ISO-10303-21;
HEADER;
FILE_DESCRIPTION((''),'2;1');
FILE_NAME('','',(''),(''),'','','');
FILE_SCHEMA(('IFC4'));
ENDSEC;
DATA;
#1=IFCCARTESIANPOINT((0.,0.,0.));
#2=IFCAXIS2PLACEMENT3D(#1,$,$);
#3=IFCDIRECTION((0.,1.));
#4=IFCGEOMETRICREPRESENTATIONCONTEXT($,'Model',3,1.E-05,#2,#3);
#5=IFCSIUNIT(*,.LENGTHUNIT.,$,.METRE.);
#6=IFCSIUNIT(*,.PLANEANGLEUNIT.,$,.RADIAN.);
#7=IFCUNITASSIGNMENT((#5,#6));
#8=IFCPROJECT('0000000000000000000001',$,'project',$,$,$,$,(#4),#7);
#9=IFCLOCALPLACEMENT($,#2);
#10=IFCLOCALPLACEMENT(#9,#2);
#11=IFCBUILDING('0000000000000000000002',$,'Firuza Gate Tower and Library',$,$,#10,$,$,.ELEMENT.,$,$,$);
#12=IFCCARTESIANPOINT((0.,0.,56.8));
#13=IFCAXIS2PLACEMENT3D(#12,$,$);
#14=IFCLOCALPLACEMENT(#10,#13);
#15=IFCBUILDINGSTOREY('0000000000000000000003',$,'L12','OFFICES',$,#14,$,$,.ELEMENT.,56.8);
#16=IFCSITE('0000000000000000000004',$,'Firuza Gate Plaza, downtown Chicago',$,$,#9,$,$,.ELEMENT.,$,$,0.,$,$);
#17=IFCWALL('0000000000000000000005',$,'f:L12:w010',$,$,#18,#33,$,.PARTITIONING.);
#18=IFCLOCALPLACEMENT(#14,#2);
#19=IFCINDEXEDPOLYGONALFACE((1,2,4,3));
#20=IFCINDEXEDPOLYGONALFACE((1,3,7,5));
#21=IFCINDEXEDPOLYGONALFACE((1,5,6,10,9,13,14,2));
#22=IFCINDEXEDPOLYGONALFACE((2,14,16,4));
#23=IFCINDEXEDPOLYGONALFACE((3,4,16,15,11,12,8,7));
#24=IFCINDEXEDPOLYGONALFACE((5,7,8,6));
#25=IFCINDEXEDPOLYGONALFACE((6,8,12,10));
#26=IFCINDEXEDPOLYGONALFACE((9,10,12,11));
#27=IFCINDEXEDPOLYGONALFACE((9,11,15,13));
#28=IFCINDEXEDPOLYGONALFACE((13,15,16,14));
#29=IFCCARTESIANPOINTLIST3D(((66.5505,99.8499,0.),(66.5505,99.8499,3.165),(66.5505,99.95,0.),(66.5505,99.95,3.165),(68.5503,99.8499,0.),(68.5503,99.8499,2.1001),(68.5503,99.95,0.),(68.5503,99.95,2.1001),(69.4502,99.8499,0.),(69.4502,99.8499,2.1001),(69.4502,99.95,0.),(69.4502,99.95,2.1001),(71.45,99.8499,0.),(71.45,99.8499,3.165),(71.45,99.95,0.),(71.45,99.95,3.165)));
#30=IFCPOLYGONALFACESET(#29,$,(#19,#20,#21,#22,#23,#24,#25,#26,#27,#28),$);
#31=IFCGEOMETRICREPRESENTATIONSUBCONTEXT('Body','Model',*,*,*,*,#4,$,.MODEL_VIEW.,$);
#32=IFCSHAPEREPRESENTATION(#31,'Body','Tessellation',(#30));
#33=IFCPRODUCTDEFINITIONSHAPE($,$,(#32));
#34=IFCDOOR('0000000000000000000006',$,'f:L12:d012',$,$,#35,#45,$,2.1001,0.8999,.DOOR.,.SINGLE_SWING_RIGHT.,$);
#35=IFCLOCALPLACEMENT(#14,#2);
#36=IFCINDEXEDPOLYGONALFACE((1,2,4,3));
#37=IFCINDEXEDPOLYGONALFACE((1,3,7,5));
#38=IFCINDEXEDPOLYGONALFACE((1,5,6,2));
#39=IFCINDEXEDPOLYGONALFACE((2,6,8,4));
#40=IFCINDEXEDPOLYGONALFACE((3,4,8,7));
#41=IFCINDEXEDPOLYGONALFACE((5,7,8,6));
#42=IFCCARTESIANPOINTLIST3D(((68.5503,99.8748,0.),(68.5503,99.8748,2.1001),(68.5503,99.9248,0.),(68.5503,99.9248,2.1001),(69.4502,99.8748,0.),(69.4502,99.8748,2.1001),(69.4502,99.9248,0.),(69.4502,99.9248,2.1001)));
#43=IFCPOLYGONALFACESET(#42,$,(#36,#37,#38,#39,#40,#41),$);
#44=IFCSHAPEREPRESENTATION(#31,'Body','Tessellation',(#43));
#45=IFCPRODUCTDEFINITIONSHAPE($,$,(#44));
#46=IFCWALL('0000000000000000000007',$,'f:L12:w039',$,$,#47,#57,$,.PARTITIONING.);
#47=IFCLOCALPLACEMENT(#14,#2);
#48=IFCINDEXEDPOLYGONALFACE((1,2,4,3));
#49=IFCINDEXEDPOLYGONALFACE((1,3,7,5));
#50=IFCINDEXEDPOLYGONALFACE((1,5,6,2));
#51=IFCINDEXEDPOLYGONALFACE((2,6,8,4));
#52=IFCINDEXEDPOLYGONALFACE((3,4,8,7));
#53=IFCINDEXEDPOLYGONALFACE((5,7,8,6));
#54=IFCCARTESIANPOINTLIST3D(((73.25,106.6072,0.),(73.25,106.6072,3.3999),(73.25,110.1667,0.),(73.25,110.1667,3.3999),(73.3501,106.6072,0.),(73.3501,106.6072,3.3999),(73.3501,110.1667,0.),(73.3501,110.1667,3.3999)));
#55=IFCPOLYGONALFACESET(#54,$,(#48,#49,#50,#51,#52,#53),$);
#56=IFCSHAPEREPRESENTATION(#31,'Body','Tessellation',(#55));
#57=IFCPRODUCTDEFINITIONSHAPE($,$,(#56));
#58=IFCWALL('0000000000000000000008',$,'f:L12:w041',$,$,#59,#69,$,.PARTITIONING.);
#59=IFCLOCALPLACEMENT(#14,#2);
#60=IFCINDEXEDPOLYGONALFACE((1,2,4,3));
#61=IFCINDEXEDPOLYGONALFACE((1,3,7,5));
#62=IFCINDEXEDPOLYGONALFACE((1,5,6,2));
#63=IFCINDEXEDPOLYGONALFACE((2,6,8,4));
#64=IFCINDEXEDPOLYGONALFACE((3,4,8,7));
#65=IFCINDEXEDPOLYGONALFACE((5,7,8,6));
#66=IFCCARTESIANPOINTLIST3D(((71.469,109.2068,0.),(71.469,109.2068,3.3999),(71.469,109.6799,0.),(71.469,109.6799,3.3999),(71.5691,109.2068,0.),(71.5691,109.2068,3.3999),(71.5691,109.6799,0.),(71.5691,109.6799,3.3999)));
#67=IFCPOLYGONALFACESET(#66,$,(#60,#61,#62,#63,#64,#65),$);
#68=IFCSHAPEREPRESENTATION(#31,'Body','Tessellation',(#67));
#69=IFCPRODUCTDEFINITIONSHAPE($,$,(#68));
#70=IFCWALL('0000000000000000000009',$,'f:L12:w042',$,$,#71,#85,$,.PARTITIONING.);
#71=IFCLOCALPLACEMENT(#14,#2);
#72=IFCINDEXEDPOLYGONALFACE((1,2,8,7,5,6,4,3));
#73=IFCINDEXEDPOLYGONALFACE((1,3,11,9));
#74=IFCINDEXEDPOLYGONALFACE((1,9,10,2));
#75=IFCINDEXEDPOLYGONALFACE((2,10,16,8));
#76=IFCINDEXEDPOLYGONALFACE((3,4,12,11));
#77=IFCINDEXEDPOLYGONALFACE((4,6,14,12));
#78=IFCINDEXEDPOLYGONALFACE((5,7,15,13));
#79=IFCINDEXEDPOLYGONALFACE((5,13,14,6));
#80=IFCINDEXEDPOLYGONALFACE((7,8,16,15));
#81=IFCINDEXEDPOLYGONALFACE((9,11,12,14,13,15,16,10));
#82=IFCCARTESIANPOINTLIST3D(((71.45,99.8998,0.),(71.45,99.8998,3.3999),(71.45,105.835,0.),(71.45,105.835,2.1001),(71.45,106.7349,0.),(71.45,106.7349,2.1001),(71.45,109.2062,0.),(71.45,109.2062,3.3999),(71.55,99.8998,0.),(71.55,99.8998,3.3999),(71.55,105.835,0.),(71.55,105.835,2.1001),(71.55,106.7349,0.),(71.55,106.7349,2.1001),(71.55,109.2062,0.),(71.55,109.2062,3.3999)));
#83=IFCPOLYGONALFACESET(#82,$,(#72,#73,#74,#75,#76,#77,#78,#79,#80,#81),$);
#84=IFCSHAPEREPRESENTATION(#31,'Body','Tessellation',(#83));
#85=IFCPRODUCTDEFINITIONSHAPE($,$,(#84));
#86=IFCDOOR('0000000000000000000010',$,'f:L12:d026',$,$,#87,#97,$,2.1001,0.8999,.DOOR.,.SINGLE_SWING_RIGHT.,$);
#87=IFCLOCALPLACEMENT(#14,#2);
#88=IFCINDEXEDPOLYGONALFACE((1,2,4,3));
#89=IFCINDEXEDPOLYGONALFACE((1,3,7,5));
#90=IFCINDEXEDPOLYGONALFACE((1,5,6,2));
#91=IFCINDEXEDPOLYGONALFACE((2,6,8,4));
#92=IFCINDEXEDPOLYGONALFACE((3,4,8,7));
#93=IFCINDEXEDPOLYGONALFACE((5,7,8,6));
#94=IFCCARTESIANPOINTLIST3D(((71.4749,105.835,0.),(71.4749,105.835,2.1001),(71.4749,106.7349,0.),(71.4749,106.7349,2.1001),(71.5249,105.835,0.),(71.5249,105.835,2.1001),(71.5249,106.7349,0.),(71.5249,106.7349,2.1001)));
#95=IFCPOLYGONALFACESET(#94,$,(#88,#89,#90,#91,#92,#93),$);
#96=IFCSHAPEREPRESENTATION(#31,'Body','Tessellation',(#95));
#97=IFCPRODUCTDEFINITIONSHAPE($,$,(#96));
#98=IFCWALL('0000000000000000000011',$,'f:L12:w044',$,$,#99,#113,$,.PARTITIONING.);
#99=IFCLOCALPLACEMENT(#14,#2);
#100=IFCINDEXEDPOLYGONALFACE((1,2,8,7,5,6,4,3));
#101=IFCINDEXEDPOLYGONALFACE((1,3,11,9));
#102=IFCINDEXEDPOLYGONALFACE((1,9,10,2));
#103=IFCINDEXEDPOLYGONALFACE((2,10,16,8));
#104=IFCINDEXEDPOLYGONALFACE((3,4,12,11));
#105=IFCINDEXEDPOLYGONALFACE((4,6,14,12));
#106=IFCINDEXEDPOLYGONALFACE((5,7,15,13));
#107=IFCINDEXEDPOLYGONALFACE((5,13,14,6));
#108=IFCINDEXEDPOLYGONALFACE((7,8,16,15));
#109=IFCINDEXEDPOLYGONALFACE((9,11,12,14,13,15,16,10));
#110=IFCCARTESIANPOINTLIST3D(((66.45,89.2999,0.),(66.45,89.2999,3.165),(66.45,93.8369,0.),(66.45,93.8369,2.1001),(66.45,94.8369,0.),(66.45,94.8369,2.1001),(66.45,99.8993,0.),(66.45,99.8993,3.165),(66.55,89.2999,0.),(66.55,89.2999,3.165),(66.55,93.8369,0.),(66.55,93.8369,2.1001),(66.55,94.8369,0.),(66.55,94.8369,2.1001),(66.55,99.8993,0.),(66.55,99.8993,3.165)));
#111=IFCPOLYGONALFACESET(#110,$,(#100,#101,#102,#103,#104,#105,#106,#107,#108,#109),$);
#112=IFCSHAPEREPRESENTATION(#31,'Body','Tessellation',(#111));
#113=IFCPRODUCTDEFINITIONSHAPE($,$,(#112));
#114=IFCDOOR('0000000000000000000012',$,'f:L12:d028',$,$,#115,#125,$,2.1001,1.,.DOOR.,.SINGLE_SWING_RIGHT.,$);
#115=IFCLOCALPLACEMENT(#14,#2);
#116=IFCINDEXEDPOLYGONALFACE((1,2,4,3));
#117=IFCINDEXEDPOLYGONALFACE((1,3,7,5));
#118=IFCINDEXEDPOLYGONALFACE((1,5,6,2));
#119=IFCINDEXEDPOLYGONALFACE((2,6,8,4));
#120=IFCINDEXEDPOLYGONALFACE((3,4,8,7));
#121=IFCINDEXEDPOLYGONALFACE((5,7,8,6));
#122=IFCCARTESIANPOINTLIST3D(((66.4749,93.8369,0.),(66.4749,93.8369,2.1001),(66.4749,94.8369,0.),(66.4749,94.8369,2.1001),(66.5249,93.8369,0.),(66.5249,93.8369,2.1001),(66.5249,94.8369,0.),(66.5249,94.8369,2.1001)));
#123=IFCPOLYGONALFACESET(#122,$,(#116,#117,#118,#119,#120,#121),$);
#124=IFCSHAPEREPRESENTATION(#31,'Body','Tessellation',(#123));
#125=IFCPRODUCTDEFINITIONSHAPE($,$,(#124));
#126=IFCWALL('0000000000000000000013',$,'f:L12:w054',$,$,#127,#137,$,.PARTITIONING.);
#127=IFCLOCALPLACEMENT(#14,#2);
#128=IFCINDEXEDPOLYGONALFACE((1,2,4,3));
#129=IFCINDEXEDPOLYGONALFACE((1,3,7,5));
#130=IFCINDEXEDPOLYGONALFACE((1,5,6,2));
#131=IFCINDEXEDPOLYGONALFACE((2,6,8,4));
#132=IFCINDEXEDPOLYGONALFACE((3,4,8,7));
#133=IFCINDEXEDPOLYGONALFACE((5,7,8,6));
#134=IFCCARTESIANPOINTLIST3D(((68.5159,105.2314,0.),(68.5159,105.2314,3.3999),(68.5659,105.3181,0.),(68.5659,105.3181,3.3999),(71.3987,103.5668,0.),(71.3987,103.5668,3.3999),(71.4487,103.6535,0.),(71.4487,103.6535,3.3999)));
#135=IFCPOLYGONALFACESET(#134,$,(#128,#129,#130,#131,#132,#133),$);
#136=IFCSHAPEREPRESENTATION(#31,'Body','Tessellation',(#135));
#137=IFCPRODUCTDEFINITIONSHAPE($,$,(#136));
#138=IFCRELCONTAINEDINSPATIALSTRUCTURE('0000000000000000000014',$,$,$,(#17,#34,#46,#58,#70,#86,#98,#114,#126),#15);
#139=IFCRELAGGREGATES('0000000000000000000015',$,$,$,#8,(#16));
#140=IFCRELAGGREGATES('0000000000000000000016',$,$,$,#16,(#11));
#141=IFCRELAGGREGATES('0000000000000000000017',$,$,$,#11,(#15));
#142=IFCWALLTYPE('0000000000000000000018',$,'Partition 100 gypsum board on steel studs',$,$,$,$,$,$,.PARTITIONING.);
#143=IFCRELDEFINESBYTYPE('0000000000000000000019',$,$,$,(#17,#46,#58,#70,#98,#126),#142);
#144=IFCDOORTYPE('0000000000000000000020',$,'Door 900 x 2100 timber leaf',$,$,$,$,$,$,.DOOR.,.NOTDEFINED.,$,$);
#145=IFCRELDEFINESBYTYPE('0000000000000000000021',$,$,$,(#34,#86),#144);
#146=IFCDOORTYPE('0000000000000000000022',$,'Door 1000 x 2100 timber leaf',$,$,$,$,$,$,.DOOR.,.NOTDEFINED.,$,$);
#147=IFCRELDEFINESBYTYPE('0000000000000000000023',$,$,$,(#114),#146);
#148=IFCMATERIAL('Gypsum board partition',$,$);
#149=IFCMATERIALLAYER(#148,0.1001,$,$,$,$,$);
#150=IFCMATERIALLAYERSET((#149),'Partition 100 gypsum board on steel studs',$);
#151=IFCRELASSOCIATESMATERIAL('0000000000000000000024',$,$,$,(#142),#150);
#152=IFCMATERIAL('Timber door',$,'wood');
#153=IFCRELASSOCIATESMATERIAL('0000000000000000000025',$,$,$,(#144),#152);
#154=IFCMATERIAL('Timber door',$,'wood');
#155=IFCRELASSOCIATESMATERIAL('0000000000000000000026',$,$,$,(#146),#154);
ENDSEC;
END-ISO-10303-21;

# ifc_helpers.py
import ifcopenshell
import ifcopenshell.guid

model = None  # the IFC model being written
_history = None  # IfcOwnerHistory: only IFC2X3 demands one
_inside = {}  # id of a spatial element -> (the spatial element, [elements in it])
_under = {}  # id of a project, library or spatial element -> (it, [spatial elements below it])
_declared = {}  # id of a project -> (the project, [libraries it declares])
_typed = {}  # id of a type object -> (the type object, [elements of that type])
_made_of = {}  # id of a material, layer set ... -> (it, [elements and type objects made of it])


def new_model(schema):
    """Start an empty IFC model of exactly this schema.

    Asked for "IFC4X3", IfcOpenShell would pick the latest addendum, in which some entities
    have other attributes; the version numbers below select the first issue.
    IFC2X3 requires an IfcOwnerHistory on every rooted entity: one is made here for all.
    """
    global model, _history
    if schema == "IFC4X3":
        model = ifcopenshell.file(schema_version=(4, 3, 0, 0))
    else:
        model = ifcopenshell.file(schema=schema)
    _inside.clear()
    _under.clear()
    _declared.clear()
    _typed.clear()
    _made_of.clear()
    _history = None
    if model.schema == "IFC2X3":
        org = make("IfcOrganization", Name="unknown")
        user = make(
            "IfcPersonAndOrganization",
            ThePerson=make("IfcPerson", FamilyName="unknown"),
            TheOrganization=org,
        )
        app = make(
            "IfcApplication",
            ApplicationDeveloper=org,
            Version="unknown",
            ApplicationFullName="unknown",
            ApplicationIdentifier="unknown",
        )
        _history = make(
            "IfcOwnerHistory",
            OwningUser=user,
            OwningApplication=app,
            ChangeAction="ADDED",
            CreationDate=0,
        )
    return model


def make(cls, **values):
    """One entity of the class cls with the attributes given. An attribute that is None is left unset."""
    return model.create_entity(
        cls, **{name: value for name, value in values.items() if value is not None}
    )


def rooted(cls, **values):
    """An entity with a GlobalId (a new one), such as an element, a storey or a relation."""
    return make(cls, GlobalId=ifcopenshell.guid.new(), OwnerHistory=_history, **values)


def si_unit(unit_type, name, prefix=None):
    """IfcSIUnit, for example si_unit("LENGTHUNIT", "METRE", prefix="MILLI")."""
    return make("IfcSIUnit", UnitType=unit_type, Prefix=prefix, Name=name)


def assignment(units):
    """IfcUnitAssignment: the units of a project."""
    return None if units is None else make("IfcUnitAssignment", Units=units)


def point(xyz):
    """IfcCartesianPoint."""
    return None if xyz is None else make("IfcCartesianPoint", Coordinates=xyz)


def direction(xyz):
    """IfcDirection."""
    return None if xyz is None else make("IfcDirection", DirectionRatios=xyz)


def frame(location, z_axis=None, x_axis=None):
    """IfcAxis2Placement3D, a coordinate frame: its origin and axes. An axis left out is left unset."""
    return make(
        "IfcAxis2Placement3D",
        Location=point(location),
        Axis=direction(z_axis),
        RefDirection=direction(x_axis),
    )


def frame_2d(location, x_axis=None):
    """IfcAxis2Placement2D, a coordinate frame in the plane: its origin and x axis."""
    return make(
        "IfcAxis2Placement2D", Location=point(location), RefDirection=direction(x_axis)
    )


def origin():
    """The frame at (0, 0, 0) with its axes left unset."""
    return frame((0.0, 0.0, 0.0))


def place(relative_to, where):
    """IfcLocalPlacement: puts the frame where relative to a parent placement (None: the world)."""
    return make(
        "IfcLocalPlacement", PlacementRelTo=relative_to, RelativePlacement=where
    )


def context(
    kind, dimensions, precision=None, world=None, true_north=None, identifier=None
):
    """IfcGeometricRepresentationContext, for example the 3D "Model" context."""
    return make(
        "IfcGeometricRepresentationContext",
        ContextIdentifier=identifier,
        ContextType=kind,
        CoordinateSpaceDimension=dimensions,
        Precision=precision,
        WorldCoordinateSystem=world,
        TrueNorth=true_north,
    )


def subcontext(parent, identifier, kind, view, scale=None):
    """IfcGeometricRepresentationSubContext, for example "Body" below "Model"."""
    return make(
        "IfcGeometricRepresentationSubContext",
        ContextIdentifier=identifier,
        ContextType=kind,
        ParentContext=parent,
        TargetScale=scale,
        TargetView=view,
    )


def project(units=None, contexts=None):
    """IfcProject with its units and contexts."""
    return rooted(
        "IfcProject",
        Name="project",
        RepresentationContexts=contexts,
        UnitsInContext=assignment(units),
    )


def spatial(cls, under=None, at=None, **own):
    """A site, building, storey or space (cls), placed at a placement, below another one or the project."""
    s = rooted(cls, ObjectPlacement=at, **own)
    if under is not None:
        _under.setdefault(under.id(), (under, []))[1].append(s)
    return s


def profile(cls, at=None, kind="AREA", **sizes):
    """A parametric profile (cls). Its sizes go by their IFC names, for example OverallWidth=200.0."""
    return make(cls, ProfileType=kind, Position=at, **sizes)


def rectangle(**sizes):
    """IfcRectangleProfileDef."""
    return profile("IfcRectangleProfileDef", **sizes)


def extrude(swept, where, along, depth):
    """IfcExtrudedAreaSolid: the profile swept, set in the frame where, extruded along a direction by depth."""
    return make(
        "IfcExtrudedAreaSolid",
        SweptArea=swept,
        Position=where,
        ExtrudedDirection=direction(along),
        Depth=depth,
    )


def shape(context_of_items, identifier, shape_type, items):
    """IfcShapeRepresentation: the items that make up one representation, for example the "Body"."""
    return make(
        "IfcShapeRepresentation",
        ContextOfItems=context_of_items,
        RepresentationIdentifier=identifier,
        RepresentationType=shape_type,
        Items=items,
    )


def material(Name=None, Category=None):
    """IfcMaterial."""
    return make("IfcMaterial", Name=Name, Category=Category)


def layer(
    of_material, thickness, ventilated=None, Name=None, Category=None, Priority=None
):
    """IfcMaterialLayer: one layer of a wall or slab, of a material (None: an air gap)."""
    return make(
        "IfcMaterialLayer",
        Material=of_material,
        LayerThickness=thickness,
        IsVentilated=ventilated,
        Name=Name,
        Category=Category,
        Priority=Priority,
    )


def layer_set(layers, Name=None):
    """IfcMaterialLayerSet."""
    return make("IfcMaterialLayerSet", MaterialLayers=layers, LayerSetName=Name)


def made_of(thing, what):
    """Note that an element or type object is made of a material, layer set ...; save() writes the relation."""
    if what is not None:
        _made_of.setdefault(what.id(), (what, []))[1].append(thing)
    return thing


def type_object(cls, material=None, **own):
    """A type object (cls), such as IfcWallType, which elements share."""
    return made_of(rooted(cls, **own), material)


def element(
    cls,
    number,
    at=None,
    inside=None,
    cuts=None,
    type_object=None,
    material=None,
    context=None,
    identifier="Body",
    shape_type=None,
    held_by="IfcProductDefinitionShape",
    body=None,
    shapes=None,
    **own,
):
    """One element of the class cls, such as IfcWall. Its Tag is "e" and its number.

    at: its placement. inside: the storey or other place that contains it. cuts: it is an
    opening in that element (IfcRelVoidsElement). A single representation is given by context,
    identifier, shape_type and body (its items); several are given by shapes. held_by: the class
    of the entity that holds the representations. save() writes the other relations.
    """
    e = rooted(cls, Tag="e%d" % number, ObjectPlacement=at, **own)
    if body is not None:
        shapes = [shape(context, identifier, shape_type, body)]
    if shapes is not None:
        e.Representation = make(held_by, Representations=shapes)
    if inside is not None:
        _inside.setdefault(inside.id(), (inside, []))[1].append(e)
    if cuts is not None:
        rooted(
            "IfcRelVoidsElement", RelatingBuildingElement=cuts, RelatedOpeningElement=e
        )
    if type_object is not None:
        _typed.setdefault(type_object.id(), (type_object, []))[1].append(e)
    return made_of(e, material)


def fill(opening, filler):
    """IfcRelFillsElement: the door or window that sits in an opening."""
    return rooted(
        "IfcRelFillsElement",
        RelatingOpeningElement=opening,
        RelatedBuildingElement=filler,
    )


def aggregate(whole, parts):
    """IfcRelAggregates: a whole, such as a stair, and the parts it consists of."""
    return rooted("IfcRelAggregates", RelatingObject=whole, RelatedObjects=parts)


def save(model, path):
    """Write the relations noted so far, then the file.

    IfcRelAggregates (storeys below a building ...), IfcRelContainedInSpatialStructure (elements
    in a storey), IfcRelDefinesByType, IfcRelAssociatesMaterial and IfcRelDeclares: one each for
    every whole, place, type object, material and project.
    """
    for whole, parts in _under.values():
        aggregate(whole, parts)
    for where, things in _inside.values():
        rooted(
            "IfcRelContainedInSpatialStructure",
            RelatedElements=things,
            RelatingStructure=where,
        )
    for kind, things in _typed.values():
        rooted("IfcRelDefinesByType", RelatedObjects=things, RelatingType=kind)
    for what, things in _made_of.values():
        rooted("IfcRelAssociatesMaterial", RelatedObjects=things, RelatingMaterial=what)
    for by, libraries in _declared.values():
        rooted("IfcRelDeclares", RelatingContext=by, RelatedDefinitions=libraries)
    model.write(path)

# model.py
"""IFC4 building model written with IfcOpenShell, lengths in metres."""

from ifc_helpers import new_model, si_unit, direction, frame, frame_2d, origin, place, context, subcontext, project, spatial, rectangle, extrude, material, layer, layer_set, type_object, element, fill, save


model = new_model("IFC4")

# Units and contexts
model_context = context("Model", 3, precision=1e-05, world=origin(), true_north=direction((0.0, 1.0)))
body_context = subcontext(model_context, "Body", "Model", "MODEL_VIEW")
ifc_project = project(units=[si_unit("LENGTHUNIT", "METRE"), si_unit("PLANEANGLEUNIT", "RADIAN")], contexts=[model_context])

# Site, building, storey
site_placement = place(None, origin())
site = spatial("IfcSite", under=ifc_project, at=site_placement, Name="Firuza Gate Plaza, downtown Chicago", CompositionType="ELEMENT", RefElevation=0.0)
building_placement = place(site_placement, origin())
building = spatial("IfcBuilding", under=site, at=building_placement, Name="Firuza Gate Tower and Library", CompositionType="ELEMENT")
storey_placement = place(building_placement, frame((0.0, 0.0, 56.8)))
storey = spatial("IfcBuildingStorey", under=building, at=storey_placement, Name="L12", Description="OFFICES", CompositionType="ELEMENT", Elevation=56.8)

# Wall, opening, door
ifc_material_1 = material(Name="Gypsum board partition")
ifc_layer_1 = layer(ifc_material_1, 0.1001)
ifc_layer_set_1 = layer_set([ifc_layer_1], Name="Partition 100 gypsum board on steel studs")
wall_type_1 = type_object("IfcWallType", Name="Partition 100 gypsum board on steel studs", PredefinedType="PARTITIONING", material=ifc_layer_set_1)
wall_1_placement = place(storey_placement, frame((66.5505, 99.8999, 0.0), z_axis=(0.0, 0.0, 1.0), x_axis=(1.0, 0.0, 0.0)))
wall_1 = element("IfcWall", 1, at=wall_1_placement, inside=storey, type_object=wall_type_1, Name="f:L12:w010", PredefinedType="PARTITIONING", context=body_context, shape_type="SweptSolid", body=[
    extrude(rectangle(XDim=4.8994, YDim=0.1001, at=frame_2d((2.4497, 0.0))), origin(), (0.0, 0.0, 1.0), 3.165),
])
opening_1_placement = place(wall_1_placement, frame((1.9998, 0.0, 0.0)))
opening_1 = element("IfcOpeningElement", 2, at=opening_1_placement, cuts=wall_1, PredefinedType="OPENING", context=body_context, shape_type="SweptSolid", body=[
    extrude(rectangle(XDim=0.8999, YDim=2.1001, at=frame_2d((0.45, 1.05))), frame((0.0, 0.0601, 0.0), z_axis=(0.0, -1.0, 0.0), x_axis=(1.0, 0.0, 0.0)), (0.0, 0.0, 1.0), 0.1201),
])
ifc_material_2 = material(Name="Timber door", Category="wood")
door_type_1 = type_object("IfcDoorType", Name="Door 900 x 2100 timber leaf", OperationType="NOTDEFINED", PredefinedType="DOOR", material=ifc_material_2)
door_1_placement = place(opening_1_placement, origin())
door_1 = element("IfcDoor", 3, at=door_1_placement, inside=storey, type_object=door_type_1, Name="f:L12:d012", OperationType="SINGLE_SWING_RIGHT", OverallHeight=2.1001, OverallWidth=0.8999, PredefinedType="DOOR", context=body_context, shape_type="SweptSolid", body=[
    extrude(rectangle(XDim=0.8999, YDim=2.1001, at=frame_2d((0.45, 1.05))), frame((0.0, 0.0249, 0.0), z_axis=(0.0, -1.0, 0.0), x_axis=(1.0, 0.0, 0.0)), (0.0, 0.0, 1.0), 0.05),
])
fill(opening_1, door_1)

# Walls
wall_2_placement = place(storey_placement, frame((73.3, 106.6072, 0.0), z_axis=(0.0, 0.0, 1.0), x_axis=(0.0, 1.0, 0.0)))
element("IfcWall", 4, at=wall_2_placement, inside=storey, type_object=wall_type_1, Name="f:L12:w039", PredefinedType="PARTITIONING", context=body_context, shape_type="SweptSolid", body=[
    extrude(rectangle(XDim=3.5596, YDim=0.1001, at=frame_2d((1.7798, 0.0))), origin(), (0.0, 0.0, 1.0), 3.3999),
])
wall_3_placement = place(storey_placement, frame((71.519, 109.2068, 0.0), z_axis=(0.0, 0.0, 1.0), x_axis=(0.0, 1.0, 0.0)))
element("IfcWall", 5, at=wall_3_placement, inside=storey, type_object=wall_type_1, Name="f:L12:w041", PredefinedType="PARTITIONING", context=body_context, shape_type="SweptSolid", body=[
    extrude(rectangle(XDim=0.4731, YDim=0.1001, at=frame_2d((0.2366, 0.0))), origin(), (0.0, 0.0, 1.0), 3.3999),
])

# Walls, openings, doors
wall_4_placement = place(storey_placement, frame((71.5, 109.2063, 0.0), z_axis=(0.0, 0.0, 1.0), x_axis=(0.0, -1.0, 0.0)))
wall_4 = element("IfcWall", 6, at=wall_4_placement, inside=storey, type_object=wall_type_1, Name="f:L12:w042", PredefinedType="PARTITIONING", context=body_context, shape_type="SweptSolid", body=[
    extrude(rectangle(XDim=9.3064, YDim=0.1001, at=frame_2d((4.6533, 0.0))), origin(), (0.0, 0.0, 1.0), 3.3999),
])
opening_2_placement = place(wall_4_placement, frame((2.4714, 0.0, 0.0)))
opening_2 = element("IfcOpeningElement", 7, at=opening_2_placement, cuts=wall_4, PredefinedType="OPENING", context=body_context, shape_type="SweptSolid", body=[
    extrude(rectangle(XDim=0.8999, YDim=2.1001, at=frame_2d((0.45, 1.05))), frame((0.0, 0.0601, 0.0), z_axis=(0.0, -1.0, 0.0), x_axis=(1.0, 0.0, 0.0)), (0.0, 0.0, 1.0), 0.1201),
])
door_2_placement = place(opening_2_placement, origin())
door_2 = element("IfcDoor", 8, at=door_2_placement, inside=storey, type_object=door_type_1, Name="f:L12:d026", OperationType="SINGLE_SWING_RIGHT", OverallHeight=2.1001, OverallWidth=0.8999, PredefinedType="DOOR", context=body_context, shape_type="SweptSolid", body=[
    extrude(rectangle(XDim=0.8999, YDim=2.1001, at=frame_2d((0.45, 1.05))), frame((0.0, 0.0249, 0.0), z_axis=(0.0, -1.0, 0.0), x_axis=(1.0, 0.0, 0.0)), (0.0, 0.0, 1.0), 0.05),
])
fill(opening_2, door_2)
wall_5_placement = place(storey_placement, frame((66.5, 99.8994, 0.0), z_axis=(0.0, 0.0, 1.0), x_axis=(0.0, -1.0, 0.0)))
wall_5 = element("IfcWall", 9, at=wall_5_placement, inside=storey, type_object=wall_type_1, Name="f:L12:w044", PredefinedType="PARTITIONING", context=body_context, shape_type="SweptSolid", body=[
    extrude(rectangle(XDim=10.5994, YDim=0.1001, at=frame_2d((5.2998, 0.0))), origin(), (0.0, 0.0, 1.0), 3.165),
])
opening_3_placement = place(wall_5_placement, frame((5.0625, 0.0, 0.0)))
opening_3 = element("IfcOpeningElement", 10, at=opening_3_placement, cuts=wall_5, PredefinedType="OPENING", context=body_context, shape_type="SweptSolid", body=[
    extrude(rectangle(XDim=1.0, YDim=2.1001, at=frame_2d((0.5, 1.05))), frame((0.0, 0.0601, 0.0), z_axis=(0.0, -1.0, 0.0), x_axis=(1.0, 0.0, 0.0)), (0.0, 0.0, 1.0), 0.1201),
])
ifc_material_3 = material(Name="Timber door", Category="wood")
door_type_2 = type_object("IfcDoorType", Name="Door 1000 x 2100 timber leaf", OperationType="NOTDEFINED", PredefinedType="DOOR", material=ifc_material_3)
door_3_placement = place(opening_3_placement, origin())
door_3 = element("IfcDoor", 11, at=door_3_placement, inside=storey, type_object=door_type_2, Name="f:L12:d028", OperationType="SINGLE_SWING_RIGHT", OverallHeight=2.1001, OverallWidth=1.0, PredefinedType="DOOR", context=body_context, shape_type="SweptSolid", body=[
    extrude(rectangle(XDim=1.0, YDim=2.1001, at=frame_2d((0.5, 1.05))), frame((0.0, 0.0249, 0.0), z_axis=(0.0, -1.0, 0.0), x_axis=(1.0, 0.0, 0.0)), (0.0, 0.0, 1.0), 0.05),
])
fill(opening_3, door_3)

# Wall
wall_6_placement = place(storey_placement, frame((71.4238, 103.6101, 0.0), z_axis=(0.0, 0.0, 1.0), x_axis=(-0.866005, 0.500036, 0.0)))
element("IfcWall", 12, at=wall_6_placement, inside=storey, type_object=wall_type_1, Name="f:L12:w054", PredefinedType="PARTITIONING", context=body_context, shape_type="SweptSolid", body=[
    extrude(rectangle(XDim=3.3289, YDim=0.1001, at=frame_2d((1.6646, 0.0))), origin(), (0.0, 0.0, 1.0), 3.3999),
])

save(model, "model.ifc")
